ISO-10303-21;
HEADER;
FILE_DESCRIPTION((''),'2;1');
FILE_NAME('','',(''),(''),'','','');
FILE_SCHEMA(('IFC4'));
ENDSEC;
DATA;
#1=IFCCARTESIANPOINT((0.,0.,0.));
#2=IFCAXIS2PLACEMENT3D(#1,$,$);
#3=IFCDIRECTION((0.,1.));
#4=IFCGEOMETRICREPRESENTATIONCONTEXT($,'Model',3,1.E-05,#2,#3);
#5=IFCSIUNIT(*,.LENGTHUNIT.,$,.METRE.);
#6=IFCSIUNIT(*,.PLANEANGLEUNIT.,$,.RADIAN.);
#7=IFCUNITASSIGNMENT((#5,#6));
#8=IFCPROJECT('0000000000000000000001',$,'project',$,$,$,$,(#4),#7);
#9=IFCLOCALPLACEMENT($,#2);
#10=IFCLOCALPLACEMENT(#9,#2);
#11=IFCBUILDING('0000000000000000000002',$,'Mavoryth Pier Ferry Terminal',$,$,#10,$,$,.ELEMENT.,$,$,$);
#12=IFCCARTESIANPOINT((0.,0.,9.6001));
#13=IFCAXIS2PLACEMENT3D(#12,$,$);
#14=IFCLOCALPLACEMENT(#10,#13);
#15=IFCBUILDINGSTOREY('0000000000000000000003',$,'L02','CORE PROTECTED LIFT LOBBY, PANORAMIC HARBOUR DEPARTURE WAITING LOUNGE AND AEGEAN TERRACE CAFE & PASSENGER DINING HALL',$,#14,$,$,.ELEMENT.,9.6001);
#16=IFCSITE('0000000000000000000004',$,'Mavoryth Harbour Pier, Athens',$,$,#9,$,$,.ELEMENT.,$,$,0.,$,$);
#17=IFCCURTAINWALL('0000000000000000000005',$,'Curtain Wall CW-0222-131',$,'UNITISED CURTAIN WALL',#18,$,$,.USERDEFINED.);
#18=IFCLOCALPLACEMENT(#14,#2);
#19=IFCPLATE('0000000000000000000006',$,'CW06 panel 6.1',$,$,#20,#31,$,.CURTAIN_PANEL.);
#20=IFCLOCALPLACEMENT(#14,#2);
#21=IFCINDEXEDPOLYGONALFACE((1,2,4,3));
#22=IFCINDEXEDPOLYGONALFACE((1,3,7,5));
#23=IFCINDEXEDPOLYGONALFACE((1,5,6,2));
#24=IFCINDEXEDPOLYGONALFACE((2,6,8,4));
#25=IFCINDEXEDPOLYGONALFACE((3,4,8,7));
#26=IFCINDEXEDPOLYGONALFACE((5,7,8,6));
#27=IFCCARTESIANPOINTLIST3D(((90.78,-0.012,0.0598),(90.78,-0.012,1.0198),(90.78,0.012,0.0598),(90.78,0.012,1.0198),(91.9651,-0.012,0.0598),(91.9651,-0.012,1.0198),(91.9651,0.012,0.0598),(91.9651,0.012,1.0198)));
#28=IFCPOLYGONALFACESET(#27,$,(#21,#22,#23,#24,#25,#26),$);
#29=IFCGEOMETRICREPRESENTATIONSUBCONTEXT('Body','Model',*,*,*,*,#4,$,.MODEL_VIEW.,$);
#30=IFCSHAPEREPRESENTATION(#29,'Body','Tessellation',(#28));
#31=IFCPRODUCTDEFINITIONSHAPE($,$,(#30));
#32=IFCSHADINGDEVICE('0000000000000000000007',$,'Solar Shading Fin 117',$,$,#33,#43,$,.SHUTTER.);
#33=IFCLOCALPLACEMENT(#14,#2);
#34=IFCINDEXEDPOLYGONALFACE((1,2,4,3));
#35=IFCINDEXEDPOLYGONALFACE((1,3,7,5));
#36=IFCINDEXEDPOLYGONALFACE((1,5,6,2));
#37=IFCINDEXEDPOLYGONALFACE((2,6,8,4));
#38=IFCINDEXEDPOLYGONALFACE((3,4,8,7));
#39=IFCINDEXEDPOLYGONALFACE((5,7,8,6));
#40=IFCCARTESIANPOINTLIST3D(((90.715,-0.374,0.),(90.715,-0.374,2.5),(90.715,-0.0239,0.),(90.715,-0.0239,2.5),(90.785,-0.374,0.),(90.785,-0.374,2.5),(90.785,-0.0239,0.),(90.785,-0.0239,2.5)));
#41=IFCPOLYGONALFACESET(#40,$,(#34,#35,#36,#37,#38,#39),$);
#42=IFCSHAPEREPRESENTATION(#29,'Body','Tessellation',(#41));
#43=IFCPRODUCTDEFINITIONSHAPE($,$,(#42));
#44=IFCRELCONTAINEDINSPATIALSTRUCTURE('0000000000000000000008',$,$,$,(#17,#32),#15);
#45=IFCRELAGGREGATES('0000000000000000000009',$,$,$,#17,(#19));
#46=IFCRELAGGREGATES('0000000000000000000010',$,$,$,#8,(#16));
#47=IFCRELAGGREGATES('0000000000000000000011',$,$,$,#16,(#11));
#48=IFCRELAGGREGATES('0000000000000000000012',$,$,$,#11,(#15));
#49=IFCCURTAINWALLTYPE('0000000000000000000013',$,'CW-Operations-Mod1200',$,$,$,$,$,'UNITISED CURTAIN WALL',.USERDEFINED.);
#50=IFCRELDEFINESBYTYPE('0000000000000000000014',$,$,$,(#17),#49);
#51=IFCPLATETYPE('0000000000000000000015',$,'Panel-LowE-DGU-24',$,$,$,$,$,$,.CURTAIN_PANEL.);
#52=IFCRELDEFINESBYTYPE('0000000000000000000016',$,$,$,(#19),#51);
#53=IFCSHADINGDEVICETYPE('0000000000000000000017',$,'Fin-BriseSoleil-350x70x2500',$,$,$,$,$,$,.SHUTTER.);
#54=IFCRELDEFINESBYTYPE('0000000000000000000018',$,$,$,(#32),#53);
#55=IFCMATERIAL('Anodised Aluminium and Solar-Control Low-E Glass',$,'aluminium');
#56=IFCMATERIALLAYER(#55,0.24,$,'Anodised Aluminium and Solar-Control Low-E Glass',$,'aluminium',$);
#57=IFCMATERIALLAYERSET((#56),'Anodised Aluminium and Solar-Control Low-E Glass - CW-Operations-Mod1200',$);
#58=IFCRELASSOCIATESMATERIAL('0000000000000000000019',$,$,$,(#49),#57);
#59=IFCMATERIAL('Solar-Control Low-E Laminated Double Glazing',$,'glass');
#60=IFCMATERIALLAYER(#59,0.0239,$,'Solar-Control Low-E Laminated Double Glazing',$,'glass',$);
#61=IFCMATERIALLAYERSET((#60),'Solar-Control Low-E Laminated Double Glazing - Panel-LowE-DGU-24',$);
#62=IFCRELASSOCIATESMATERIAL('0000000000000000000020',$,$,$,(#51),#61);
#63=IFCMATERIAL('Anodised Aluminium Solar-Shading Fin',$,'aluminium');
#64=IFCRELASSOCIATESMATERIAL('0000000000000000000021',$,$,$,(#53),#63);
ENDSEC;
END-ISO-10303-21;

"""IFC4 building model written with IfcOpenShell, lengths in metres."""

from ifc_helpers import new_model, si_unit, direction, frame, origin, origin_2d, place, context, subcontext, project, spatial, rectangle, extrude, material, layer, layer_set, type_object, element, aggregate, save


model = new_model("IFC4")

# Units and contexts
model_context = context("Model", 3, precision=1e-05, world=origin(), true_north=direction((0.0, 1.0)))
body_context = subcontext(model_context, "Body", "Model", "MODEL_VIEW")
ifc_project = project(units=[si_unit("LENGTHUNIT", "METRE"), si_unit("PLANEANGLEUNIT", "RADIAN")], contexts=[model_context])

# Site, building, storey
site_placement = place(None, origin())
site = spatial("IfcSite", under=ifc_project, at=site_placement, Name="Mavoryth Harbour Pier, Athens", CompositionType="ELEMENT", RefElevation=0.0)
building_placement = place(site_placement, origin())
building = spatial("IfcBuilding", under=site, at=building_placement, Name="Mavoryth Pier Ferry Terminal", CompositionType="ELEMENT")
storey_placement = place(building_placement, frame((0.0, 0.0, 9.6001)))
storey = spatial("IfcBuildingStorey", under=building, at=storey_placement, Name="L02", Description="CORE PROTECTED LIFT LOBBY, PANORAMIC HARBOUR DEPARTURE WAITING LOUNGE AND AEGEAN TERRACE CAFE & PASSENGER DINING HALL", CompositionType="ELEMENT", Elevation=9.6001)

# Curtain wall, plate
ifc_material_1 = material(Name="Anodised Aluminium and Solar-Control Low-E Glass", Category="aluminium")
ifc_layer_1 = layer(ifc_material_1, 0.24, Name="Anodised Aluminium and Solar-Control Low-E Glass", Category="aluminium")
ifc_layer_set_1 = layer_set([ifc_layer_1], Name="Anodised Aluminium and Solar-Control Low-E Glass - CW-Operations-Mod1200")
curtain_wall_type = type_object("IfcCurtainWallType", Name="CW-Operations-Mod1200", ElementType="UNITISED CURTAIN WALL", PredefinedType="USERDEFINED", material=ifc_layer_set_1)
curtain_wall_placement = place(storey_placement, origin())
curtain_wall = element("IfcCurtainWall", 1, at=curtain_wall_placement, inside=storey, type_object=curtain_wall_type, Name="Curtain Wall CW-0222-131", ObjectType="UNITISED CURTAIN WALL", PredefinedType="USERDEFINED")
ifc_material_2 = material(Name="Solar-Control Low-E Laminated Double Glazing", Category="glass")
ifc_layer_2 = layer(ifc_material_2, 0.0239, Name="Solar-Control Low-E Laminated Double Glazing", Category="glass")
ifc_layer_set_2 = layer_set([ifc_layer_2], Name="Solar-Control Low-E Laminated Double Glazing - Panel-LowE-DGU-24")
plate_type = type_object("IfcPlateType", Name="Panel-LowE-DGU-24", PredefinedType="CURTAIN_PANEL", material=ifc_layer_set_2)
plate_1_placement = place(storey_placement, frame((91.3726, 0.0, 0.0598), z_axis=(0.0, 0.0, 1.0), x_axis=(1.0, 0.0, 0.0)))
plate_1 = element("IfcPlate", 2, at=plate_1_placement, type_object=plate_type, Name="CW06 panel 6.1", PredefinedType="CURTAIN_PANEL", context=body_context, shape_type="SweptSolid", body=[
    extrude(rectangle(XDim=1.1851, YDim=0.0239, at=origin_2d()), origin(), (0.0, 0.0, 1.0), 0.96),
])
aggregate(curtain_wall, [plate_1])

# Shading device
ifc_material_3 = material(Name="Anodised Aluminium Solar-Shading Fin", Category="aluminium")
shading_device_type = type_object("IfcShadingDeviceType", Name="Fin-BriseSoleil-350x70x2500", PredefinedType="SHUTTER", material=ifc_material_3)
shading_device_placement = place(storey_placement, frame((90.75, -0.199, 0.0), z_axis=(0.0, 0.0, 1.0), x_axis=(1.0, 0.0, 0.0)))
element("IfcShadingDevice", 3, at=shading_device_placement, inside=storey, type_object=shading_device_type, Name="Solar Shading Fin 117", PredefinedType="SHUTTER", context=body_context, shape_type="SweptSolid", body=[
    extrude(rectangle(XDim=0.0701, YDim=0.3501, at=origin_2d()), origin(), (0.0, 0.0, 1.0), 2.5),
])

save(model, "model.ifc")
